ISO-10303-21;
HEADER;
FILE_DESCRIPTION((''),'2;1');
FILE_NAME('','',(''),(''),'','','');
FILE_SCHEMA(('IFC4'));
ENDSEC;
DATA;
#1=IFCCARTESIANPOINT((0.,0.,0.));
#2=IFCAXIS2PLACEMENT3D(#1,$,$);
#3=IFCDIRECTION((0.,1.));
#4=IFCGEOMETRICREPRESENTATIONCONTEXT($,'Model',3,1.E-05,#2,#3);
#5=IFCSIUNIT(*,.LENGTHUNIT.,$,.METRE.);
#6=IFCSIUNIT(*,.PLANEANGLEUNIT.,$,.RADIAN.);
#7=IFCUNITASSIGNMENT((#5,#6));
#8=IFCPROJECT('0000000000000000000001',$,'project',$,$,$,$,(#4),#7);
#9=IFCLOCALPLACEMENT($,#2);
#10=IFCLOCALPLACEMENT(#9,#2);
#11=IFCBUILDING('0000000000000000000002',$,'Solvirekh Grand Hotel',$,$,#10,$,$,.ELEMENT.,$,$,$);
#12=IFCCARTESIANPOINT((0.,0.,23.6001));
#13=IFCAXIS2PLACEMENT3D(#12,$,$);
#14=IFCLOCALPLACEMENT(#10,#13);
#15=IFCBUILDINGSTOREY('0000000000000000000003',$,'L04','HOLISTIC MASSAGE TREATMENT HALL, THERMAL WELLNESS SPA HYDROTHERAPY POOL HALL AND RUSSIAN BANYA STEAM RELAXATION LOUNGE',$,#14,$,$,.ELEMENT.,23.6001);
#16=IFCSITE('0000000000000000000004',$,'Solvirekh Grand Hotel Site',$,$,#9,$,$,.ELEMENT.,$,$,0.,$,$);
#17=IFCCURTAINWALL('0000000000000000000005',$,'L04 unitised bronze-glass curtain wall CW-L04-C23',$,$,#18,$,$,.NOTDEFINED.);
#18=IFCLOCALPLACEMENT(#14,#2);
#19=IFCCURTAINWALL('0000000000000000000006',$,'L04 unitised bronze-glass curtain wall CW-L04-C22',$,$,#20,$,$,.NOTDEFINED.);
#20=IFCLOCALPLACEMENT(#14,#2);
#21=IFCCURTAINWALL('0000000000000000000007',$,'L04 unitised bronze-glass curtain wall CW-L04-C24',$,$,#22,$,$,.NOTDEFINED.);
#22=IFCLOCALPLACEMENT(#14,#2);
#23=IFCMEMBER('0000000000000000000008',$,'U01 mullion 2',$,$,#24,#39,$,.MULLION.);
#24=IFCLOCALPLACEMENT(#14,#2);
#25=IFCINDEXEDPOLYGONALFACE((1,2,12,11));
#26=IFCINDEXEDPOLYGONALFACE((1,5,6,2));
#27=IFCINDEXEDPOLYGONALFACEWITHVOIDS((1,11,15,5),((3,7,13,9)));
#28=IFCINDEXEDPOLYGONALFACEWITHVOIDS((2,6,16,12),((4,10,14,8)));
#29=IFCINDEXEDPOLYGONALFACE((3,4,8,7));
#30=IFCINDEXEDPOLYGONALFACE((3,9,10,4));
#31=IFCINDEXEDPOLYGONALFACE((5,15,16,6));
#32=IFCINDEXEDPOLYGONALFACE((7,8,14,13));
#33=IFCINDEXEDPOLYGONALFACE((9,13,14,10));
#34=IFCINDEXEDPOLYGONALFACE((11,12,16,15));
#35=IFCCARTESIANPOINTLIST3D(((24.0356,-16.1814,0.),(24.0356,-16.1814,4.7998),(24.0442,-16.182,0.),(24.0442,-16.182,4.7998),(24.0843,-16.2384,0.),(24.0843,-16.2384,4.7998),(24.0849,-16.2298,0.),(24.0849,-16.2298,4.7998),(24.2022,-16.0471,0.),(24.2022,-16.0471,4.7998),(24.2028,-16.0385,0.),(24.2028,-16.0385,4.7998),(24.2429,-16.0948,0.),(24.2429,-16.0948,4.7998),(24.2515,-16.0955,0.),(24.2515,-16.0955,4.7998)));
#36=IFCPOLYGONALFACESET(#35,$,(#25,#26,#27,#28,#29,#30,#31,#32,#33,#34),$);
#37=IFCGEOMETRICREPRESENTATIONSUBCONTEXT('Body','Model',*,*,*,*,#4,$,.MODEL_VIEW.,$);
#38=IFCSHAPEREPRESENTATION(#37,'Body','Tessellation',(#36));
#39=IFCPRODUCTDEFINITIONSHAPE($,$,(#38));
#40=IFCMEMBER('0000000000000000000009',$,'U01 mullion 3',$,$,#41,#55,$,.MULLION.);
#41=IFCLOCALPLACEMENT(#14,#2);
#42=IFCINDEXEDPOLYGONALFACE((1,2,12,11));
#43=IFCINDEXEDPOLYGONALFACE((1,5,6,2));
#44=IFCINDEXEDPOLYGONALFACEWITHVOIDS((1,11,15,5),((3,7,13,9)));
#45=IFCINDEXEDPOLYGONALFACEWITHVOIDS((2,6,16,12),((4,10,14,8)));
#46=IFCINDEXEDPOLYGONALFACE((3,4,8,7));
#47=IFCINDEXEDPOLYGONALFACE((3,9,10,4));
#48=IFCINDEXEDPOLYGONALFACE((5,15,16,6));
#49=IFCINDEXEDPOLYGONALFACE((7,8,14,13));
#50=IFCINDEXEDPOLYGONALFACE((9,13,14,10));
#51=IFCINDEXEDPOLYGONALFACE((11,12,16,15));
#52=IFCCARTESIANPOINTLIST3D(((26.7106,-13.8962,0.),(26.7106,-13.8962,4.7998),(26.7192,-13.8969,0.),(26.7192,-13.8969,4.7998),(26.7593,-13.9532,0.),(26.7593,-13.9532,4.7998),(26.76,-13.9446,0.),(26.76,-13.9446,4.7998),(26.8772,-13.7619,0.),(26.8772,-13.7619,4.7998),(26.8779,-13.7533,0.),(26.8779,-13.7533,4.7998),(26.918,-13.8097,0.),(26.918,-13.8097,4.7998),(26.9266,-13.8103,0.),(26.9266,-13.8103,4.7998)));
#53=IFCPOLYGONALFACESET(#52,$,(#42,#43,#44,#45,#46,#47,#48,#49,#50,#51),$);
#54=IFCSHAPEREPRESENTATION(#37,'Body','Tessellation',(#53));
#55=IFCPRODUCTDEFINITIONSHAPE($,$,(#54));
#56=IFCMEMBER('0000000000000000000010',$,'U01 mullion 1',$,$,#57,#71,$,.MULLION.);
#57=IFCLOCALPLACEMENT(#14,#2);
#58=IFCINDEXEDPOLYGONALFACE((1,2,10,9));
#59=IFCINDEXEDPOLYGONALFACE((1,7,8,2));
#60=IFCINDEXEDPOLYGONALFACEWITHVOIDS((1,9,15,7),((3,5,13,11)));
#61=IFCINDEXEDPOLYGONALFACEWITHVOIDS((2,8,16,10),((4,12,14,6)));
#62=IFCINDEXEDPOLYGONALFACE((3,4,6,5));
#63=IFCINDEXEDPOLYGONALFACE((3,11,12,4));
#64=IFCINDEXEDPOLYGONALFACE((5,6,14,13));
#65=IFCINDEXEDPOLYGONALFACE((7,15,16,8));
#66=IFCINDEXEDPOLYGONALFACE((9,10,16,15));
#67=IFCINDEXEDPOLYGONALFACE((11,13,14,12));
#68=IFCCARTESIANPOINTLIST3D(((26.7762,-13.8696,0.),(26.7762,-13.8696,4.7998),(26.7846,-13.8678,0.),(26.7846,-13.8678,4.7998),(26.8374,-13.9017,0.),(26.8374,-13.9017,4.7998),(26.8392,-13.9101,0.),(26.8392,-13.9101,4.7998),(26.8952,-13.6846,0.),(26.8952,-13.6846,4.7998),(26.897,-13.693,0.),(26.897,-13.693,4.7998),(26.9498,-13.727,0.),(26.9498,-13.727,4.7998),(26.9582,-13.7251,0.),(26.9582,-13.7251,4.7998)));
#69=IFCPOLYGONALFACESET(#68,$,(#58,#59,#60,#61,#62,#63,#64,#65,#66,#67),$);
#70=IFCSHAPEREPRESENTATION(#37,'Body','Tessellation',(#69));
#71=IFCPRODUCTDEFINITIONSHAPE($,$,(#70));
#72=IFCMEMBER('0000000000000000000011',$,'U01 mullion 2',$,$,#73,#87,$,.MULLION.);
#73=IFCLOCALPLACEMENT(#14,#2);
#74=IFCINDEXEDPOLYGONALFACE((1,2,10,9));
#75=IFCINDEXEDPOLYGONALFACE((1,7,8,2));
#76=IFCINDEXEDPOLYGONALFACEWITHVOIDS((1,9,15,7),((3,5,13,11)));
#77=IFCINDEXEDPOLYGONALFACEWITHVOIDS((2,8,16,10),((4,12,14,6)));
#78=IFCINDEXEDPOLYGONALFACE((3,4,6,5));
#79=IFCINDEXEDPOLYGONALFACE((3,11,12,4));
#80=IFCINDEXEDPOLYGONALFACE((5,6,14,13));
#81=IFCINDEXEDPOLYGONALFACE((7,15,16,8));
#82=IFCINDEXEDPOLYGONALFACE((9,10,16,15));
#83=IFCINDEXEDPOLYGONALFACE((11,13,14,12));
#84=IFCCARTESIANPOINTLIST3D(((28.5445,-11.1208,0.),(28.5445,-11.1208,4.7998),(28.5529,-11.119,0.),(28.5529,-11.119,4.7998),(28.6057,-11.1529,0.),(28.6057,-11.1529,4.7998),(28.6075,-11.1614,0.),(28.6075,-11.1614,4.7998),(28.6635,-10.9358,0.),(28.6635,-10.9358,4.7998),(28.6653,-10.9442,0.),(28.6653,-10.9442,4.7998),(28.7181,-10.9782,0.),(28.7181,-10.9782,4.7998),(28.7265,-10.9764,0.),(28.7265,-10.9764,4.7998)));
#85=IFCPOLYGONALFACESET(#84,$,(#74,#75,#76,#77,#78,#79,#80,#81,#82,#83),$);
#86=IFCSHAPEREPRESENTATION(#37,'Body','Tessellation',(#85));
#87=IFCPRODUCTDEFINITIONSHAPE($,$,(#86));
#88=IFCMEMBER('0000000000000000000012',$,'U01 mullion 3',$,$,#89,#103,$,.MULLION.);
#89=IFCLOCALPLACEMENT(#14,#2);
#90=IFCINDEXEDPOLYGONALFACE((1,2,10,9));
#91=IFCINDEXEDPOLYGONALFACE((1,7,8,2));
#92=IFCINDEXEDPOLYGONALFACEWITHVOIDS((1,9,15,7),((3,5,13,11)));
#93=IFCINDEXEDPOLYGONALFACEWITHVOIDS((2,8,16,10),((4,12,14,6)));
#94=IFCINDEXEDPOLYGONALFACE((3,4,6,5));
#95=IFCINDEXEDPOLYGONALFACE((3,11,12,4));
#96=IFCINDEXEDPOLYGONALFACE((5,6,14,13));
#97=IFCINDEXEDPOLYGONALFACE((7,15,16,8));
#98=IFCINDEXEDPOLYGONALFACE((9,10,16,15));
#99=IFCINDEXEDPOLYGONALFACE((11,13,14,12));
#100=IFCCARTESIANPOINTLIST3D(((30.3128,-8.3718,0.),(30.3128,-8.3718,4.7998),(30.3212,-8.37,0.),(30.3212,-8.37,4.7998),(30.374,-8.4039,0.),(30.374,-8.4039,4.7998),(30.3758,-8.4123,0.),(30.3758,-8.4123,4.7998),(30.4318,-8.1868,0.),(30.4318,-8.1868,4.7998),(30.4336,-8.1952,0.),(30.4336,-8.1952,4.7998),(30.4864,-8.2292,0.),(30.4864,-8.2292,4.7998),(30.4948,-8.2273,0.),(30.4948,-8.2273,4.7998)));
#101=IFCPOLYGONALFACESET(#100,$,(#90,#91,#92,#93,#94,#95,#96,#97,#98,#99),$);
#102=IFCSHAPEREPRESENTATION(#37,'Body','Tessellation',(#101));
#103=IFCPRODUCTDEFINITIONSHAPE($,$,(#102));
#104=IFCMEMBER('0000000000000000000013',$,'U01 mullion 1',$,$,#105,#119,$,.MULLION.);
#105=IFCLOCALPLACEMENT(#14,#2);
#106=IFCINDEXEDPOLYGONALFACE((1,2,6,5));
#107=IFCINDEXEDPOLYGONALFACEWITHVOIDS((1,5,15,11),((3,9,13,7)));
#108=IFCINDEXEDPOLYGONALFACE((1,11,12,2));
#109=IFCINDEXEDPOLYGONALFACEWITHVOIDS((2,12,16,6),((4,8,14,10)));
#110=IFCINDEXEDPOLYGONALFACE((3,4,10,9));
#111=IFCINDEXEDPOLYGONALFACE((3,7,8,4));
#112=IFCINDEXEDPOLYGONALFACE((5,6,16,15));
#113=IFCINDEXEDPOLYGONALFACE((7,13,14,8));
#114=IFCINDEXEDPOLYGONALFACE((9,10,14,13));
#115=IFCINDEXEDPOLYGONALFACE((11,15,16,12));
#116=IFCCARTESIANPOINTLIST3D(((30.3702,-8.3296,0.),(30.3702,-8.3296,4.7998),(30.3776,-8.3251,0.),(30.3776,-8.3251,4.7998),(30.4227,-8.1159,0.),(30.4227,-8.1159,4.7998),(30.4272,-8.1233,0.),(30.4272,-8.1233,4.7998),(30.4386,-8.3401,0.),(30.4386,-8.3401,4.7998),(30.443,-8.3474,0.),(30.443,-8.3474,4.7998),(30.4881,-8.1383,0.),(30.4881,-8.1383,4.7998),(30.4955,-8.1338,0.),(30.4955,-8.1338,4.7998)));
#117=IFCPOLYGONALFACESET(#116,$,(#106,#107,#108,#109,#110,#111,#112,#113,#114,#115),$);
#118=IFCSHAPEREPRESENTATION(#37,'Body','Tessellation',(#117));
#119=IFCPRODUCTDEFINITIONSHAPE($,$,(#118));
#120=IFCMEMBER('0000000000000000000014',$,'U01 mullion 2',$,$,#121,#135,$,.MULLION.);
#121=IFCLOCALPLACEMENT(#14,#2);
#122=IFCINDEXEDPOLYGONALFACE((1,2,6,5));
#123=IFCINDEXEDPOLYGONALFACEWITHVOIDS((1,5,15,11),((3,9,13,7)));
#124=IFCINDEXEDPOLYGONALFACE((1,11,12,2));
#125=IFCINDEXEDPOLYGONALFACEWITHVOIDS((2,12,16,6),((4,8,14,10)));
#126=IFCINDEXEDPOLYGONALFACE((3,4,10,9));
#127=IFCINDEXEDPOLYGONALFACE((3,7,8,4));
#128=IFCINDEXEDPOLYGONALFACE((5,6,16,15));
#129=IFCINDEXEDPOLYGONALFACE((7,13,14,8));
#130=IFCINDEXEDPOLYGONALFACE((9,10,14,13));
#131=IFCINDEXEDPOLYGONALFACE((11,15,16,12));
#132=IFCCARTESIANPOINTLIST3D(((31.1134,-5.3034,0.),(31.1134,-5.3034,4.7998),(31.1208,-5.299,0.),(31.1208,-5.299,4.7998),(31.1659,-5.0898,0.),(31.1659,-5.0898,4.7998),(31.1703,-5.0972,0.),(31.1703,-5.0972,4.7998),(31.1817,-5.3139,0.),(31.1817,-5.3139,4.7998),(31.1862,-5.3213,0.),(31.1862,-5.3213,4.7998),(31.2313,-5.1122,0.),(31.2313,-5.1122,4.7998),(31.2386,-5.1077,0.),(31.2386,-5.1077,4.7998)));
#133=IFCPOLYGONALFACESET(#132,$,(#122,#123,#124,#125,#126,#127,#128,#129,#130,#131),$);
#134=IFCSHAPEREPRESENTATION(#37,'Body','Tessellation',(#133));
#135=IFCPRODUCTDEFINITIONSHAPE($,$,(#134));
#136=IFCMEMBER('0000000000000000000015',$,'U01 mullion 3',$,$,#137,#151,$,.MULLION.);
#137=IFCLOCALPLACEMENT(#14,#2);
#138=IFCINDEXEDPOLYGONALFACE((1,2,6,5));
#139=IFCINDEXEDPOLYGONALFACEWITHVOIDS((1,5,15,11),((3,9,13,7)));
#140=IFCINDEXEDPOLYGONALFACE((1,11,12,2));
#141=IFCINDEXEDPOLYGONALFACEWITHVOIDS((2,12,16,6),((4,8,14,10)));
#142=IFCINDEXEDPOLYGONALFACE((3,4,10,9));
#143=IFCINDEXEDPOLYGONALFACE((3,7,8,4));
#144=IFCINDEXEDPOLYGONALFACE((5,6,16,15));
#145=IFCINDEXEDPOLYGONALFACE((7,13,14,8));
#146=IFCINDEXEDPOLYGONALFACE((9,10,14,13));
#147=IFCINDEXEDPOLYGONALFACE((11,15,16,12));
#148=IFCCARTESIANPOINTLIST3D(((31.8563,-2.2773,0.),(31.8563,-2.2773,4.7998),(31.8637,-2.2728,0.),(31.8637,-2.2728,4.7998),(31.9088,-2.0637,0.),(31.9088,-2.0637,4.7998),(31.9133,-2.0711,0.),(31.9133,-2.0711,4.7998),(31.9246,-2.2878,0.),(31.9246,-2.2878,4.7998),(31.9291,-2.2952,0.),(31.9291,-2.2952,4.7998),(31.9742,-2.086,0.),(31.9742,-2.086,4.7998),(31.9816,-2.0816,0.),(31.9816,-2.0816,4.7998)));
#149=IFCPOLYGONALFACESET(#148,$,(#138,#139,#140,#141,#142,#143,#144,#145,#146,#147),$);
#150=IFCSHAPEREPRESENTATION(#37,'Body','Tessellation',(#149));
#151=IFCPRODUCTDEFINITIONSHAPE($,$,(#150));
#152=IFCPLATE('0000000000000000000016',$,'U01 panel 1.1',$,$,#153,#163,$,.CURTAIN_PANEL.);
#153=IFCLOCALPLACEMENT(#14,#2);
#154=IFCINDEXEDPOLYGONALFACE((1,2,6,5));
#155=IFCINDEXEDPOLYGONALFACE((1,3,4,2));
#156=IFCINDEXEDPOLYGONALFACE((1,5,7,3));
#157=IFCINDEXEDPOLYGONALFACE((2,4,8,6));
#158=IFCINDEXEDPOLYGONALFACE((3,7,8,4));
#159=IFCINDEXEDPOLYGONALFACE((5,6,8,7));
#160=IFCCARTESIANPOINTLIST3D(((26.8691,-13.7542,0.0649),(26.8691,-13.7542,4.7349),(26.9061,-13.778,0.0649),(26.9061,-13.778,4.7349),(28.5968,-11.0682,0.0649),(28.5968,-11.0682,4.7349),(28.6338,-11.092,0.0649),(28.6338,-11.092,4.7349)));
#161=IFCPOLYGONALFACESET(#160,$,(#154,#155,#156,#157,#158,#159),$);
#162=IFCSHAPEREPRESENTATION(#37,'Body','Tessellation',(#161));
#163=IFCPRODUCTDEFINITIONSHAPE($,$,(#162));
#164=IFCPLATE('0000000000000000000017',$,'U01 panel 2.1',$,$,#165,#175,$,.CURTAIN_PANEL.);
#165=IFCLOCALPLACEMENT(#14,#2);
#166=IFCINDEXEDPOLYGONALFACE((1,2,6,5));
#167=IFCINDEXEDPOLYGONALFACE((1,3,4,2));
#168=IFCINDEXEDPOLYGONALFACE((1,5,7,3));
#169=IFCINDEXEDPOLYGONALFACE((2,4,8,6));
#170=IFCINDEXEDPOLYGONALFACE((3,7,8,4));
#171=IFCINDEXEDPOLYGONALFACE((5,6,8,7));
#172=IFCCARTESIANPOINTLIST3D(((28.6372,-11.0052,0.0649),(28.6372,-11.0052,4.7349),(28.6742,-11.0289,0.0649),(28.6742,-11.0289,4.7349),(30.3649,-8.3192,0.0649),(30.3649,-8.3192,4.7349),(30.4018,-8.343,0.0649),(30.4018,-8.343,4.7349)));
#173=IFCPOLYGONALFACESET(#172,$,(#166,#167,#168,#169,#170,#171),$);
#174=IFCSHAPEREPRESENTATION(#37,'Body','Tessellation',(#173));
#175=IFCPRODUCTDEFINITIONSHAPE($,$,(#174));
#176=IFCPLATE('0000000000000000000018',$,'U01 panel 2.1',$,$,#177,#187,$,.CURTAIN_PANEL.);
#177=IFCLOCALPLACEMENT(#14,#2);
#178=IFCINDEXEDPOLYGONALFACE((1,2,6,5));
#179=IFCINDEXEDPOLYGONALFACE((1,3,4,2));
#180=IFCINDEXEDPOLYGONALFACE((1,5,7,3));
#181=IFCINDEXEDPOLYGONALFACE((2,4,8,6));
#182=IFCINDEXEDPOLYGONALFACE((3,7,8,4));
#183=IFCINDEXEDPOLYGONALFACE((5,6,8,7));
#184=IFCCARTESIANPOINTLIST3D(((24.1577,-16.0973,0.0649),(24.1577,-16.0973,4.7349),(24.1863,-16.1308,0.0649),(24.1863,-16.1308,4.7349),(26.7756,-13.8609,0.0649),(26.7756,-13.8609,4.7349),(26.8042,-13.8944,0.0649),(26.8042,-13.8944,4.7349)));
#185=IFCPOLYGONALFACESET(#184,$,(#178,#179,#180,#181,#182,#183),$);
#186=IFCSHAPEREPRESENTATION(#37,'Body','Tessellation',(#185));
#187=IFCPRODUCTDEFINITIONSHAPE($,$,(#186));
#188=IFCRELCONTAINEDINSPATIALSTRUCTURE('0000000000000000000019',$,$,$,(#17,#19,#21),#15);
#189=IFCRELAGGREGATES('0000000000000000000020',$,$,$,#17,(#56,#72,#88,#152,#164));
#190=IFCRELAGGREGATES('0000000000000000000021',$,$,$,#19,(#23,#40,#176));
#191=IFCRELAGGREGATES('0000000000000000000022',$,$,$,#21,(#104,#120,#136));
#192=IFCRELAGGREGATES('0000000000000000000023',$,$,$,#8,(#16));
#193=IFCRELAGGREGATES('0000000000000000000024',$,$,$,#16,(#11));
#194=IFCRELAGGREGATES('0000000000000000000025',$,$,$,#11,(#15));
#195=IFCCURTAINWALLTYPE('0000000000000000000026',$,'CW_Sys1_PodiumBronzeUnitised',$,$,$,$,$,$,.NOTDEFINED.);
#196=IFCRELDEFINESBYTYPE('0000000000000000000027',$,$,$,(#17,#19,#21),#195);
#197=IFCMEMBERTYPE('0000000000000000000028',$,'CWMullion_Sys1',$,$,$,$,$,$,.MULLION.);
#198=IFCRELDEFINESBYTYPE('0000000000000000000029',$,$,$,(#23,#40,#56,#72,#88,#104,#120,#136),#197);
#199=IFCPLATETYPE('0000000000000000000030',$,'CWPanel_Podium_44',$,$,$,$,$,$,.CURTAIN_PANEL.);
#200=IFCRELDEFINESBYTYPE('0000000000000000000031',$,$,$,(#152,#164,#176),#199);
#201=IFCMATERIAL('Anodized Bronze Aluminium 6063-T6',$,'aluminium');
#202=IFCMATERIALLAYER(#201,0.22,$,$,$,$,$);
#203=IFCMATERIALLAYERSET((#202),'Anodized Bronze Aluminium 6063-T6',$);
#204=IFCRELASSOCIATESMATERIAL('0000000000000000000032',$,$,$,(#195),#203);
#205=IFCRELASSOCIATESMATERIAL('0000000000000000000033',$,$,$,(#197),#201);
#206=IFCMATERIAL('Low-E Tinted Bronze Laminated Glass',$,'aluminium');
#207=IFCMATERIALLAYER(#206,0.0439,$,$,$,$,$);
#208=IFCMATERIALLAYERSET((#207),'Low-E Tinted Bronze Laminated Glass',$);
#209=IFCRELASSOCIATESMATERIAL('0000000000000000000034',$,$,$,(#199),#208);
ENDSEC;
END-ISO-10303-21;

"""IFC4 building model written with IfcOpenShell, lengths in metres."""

from ifc_helpers import new_model, si_unit, direction, frame, origin, origin_2d, place, context, subcontext, project, spatial, rectangle, hollow_rectangle, extrude, source, transform, mapped, material, layer, layer_set, material_profile, profile_set, type_object, element, aggregate, save


model = new_model("IFC4")

# Units and contexts
model_context = context("Model", 3, precision=1e-05, world=origin(), true_north=direction((0.0, 1.0)))
body_context = subcontext(model_context, "Body", "Model", "MODEL_VIEW")
ifc_project = project(units=[si_unit("LENGTHUNIT", "METRE"), si_unit("PLANEANGLEUNIT", "RADIAN")], contexts=[model_context])

# Site, building, storey
site_placement = place(None, origin())
site = spatial("IfcSite", under=ifc_project, at=site_placement, Name="Solvirekh Grand Hotel Site", CompositionType="ELEMENT", RefElevation=0.0)
building_placement = place(site_placement, origin())
building = spatial("IfcBuilding", under=site, at=building_placement, Name="Solvirekh Grand Hotel", CompositionType="ELEMENT")
storey_placement = place(building_placement, frame((0.0, 0.0, 23.6001)))
storey = spatial("IfcBuildingStorey", under=building, at=storey_placement, Name="L04", Description="HOLISTIC MASSAGE TREATMENT HALL, THERMAL WELLNESS SPA HYDROTHERAPY POOL HALL AND RUSSIAN BANYA STEAM RELAXATION LOUNGE", CompositionType="ELEMENT", Elevation=23.6001)

# Curtain walls
ifc_material_1 = material(Name="Anodized Bronze Aluminium 6063-T6", Category="aluminium")
ifc_layer_1 = layer(ifc_material_1, 0.22)
ifc_layer_set_1 = layer_set([ifc_layer_1], Name="Anodized Bronze Aluminium 6063-T6")
curtain_wall_type = type_object("IfcCurtainWallType", Name="CW_Sys1_PodiumBronzeUnitised", PredefinedType="NOTDEFINED", material=ifc_layer_set_1)
curtain_wall_1_placement = place(storey_placement, origin())
curtain_wall_1 = element("IfcCurtainWall", 1, at=curtain_wall_1_placement, inside=storey, type_object=curtain_wall_type, Name="L04 unitised bronze-glass curtain wall CW-L04-C23", PredefinedType="NOTDEFINED")
curtain_wall_2_placement = place(storey_placement, origin())
curtain_wall_2 = element("IfcCurtainWall", 2, at=curtain_wall_2_placement, inside=storey, type_object=curtain_wall_type, Name="L04 unitised bronze-glass curtain wall CW-L04-C22", PredefinedType="NOTDEFINED")
curtain_wall_3_placement = place(storey_placement, origin())
curtain_wall_3 = element("IfcCurtainWall", 3, at=curtain_wall_3_placement, inside=storey, type_object=curtain_wall_type, Name="L04 unitised bronze-glass curtain wall CW-L04-C24", PredefinedType="NOTDEFINED")

# Members
ifc_material_profile_1 = material_profile(ifc_material_1, hollow_rectangle(XDim=0.075, YDim=0.22, WallThickness=0.0061, at=origin_2d()), Name="ALU RHS 220X75X6")
ifc_profile_set_1 = profile_set([ifc_material_profile_1], Name="Anodized Bronze Aluminium 6063-T6")
member_type_1 = type_object("IfcMemberType", Name="CWMullion_Sys1", PredefinedType="MULLION", material=ifc_profile_set_1)
shared_shape_1 = source(origin(), body_context, "Body", "SweptSolid", [
    extrude(hollow_rectangle(XDim=0.075, YDim=0.22, WallThickness=0.0061, at=origin_2d()), origin(), (0.0, 0.0, 1.0), 4.7998),
])
member_1_placement = place(storey_placement, frame((24.1436, -16.1384, 0.0), z_axis=(0.0, 0.0, 1.0), x_axis=(-0.649528, 0.760338, 0.0)))
member_1 = element("IfcMember", 4, at=member_1_placement, type_object=member_type_1, Name="U01 mullion 2", PredefinedType="MULLION", context=body_context, shape_type="MappedRepresentation", body=[
    mapped(shared_shape_1, transform((0.0, 0.0, 0.0), x_axis=(1.0, 0.0, 0.0), y_axis=(0.0, 1.0, 0.0), z_axis=(0.0, 0.0, 1.0), scale=1.0)),
])
member_2_placement = place(storey_placement, frame((26.8186, -13.8533, 0.0), z_axis=(0.0, 0.0, 1.0), x_axis=(-0.649528, 0.760338, 0.0)))
member_2 = element("IfcMember", 5, at=member_2_placement, type_object=member_type_1, Name="U01 mullion 3", PredefinedType="MULLION", context=body_context, shape_type="MappedRepresentation", body=[
    mapped(shared_shape_1, transform((0.0, 0.0, 0.0), x_axis=(1.0, 0.0, 0.0), y_axis=(0.0, 1.0, 0.0), z_axis=(0.0, 0.0, 1.0), scale=1.0)),
])
member_3_placement = place(storey_placement, frame((26.8672, -13.7974, 0.0), z_axis=(0.0, 0.0, 1.0), x_axis=(-0.841036, 0.540979, 0.0)))
member_3 = element("IfcMember", 6, at=member_3_placement, type_object=member_type_1, Name="U01 mullion 1", PredefinedType="MULLION", context=body_context, shape_type="MappedRepresentation", body=[
    mapped(shared_shape_1, transform((0.0, 0.0, 0.0), x_axis=(1.0, 0.0, 0.0), y_axis=(0.0, 1.0, 0.0), z_axis=(0.0, 0.0, 1.0), scale=1.0)),
])
member_4_placement = place(storey_placement, frame((28.6355, -11.0486, 0.0), z_axis=(0.0, 0.0, 1.0), x_axis=(-0.841036, 0.540979, 0.0)))
member_4 = element("IfcMember", 7, at=member_4_placement, type_object=member_type_1, Name="U01 mullion 2", PredefinedType="MULLION", context=body_context, shape_type="MappedRepresentation", body=[
    mapped(shared_shape_1, transform((0.0, 0.0, 0.0), x_axis=(1.0, 0.0, 0.0), y_axis=(0.0, 1.0, 0.0), z_axis=(0.0, 0.0, 1.0), scale=1.0)),
])
member_5_placement = place(storey_placement, frame((30.4038, -8.2996, 0.0), z_axis=(0.0, 0.0, 1.0), x_axis=(-0.841036, 0.540979, 0.0)))
member_5 = element("IfcMember", 8, at=member_5_placement, type_object=member_type_1, Name="U01 mullion 3", PredefinedType="MULLION", context=body_context, shape_type="MappedRepresentation", body=[
    mapped(shared_shape_1, transform((0.0, 0.0, 0.0), x_axis=(1.0, 0.0, 0.0), y_axis=(0.0, 1.0, 0.0), z_axis=(0.0, 0.0, 1.0), scale=1.0)),
])
member_6_placement = place(storey_placement, frame((30.4329, -8.2317, 0.0), z_axis=(0.0, 0.0, 1.0), x_axis=(-0.971151, 0.238467, 0.0)))
member_6 = element("IfcMember", 9, at=member_6_placement, type_object=member_type_1, Name="U01 mullion 1", PredefinedType="MULLION", context=body_context, shape_type="MappedRepresentation", body=[
    mapped(shared_shape_1, transform((0.0, 0.0, 0.0), x_axis=(1.0, 0.0, 0.0), y_axis=(0.0, 1.0, 0.0), z_axis=(0.0, 0.0, 1.0), scale=1.0)),
])
member_7_placement = place(storey_placement, frame((31.176, -5.2056, 0.0), z_axis=(0.0, 0.0, 1.0), x_axis=(-0.971151, 0.238467, 0.0)))
member_7 = element("IfcMember", 10, at=member_7_placement, type_object=member_type_1, Name="U01 mullion 2", PredefinedType="MULLION", context=body_context, shape_type="MappedRepresentation", body=[
    mapped(shared_shape_1, transform((0.0, 0.0, 0.0), x_axis=(1.0, 0.0, 0.0), y_axis=(0.0, 1.0, 0.0), z_axis=(0.0, 0.0, 1.0), scale=1.0)),
])
member_8_placement = place(storey_placement, frame((31.9189, -2.1794, 0.0), z_axis=(0.0, 0.0, 1.0), x_axis=(-0.971151, 0.238467, 0.0)))
member_8 = element("IfcMember", 11, at=member_8_placement, type_object=member_type_1, Name="U01 mullion 3", PredefinedType="MULLION", context=body_context, shape_type="MappedRepresentation", body=[
    mapped(shared_shape_1, transform((0.0, 0.0, 0.0), x_axis=(1.0, 0.0, 0.0), y_axis=(0.0, 1.0, 0.0), z_axis=(0.0, 0.0, 1.0), scale=1.0)),
])

# Plates
ifc_material_2 = material(Name="Low-E Tinted Bronze Laminated Glass", Category="aluminium")
ifc_layer_2 = layer(ifc_material_2, 0.0439)
ifc_layer_set_2 = layer_set([ifc_layer_2], Name="Low-E Tinted Bronze Laminated Glass")
plate_type = type_object("IfcPlateType", Name="CWPanel_Podium_44", PredefinedType="CURTAIN_PANEL", material=ifc_layer_set_2)
shared_shape_2 = source(origin(), body_context, "Body", "SweptSolid", [
    extrude(rectangle(XDim=3.1936, YDim=0.0439, at=origin_2d()), origin(), (0.0, 0.0, 1.0), 4.6699),
])
plate_1_placement = place(storey_placement, frame((27.7515, -12.4231, 0.0649), z_axis=(0.0, 0.0, 1.0), x_axis=(0.540979, 0.841036, 0.0)))
plate_1 = element("IfcPlate", 12, at=plate_1_placement, type_object=plate_type, Name="U01 panel 1.1", PredefinedType="CURTAIN_PANEL", context=body_context, shape_type="MappedRepresentation", body=[
    mapped(shared_shape_2, transform((0.0, 0.0, 0.0), x_axis=(1.0, 0.0, 0.0), y_axis=(0.0, 1.0, 0.0), z_axis=(0.0, 0.0, 1.0), scale=1.0)),
])
plate_2_placement = place(storey_placement, frame((29.5195, -9.6741, 0.0649), z_axis=(0.0, 0.0, 1.0), x_axis=(0.540979, 0.841036, 0.0)))
plate_2 = element("IfcPlate", 13, at=plate_2_placement, type_object=plate_type, Name="U01 panel 2.1", PredefinedType="CURTAIN_PANEL", context=body_context, shape_type="MappedRepresentation", body=[
    mapped(shared_shape_2, transform((0.0, 0.0, 0.0), x_axis=(1.0, 0.0, 0.0), y_axis=(0.0, 1.0, 0.0), z_axis=(0.0, 0.0, 1.0), scale=1.0)),
])
aggregate(curtain_wall_1, [member_3, member_4, member_5, plate_1, plate_2])
shared_shape_3 = source(origin(), body_context, "Body", "SweptSolid", [
    extrude(rectangle(XDim=3.4431, YDim=0.0439, at=origin_2d()), origin(), (0.0, 0.0, 1.0), 4.6699),
])
plate_3_placement = place(storey_placement, frame((25.481, -14.9958, 0.0649), z_axis=(0.0, 0.0, 1.0), x_axis=(0.760338, 0.649528, 0.0)))
plate_3 = element("IfcPlate", 14, at=plate_3_placement, type_object=plate_type, Name="U01 panel 2.1", PredefinedType="CURTAIN_PANEL", context=body_context, shape_type="MappedRepresentation", body=[
    mapped(shared_shape_3, transform((0.0, 0.0, 0.0), x_axis=(1.0, 0.0, 0.0), y_axis=(0.0, 1.0, 0.0), z_axis=(0.0, 0.0, 1.0), scale=1.0)),
])
aggregate(curtain_wall_2, [member_1, member_2, plate_3])
aggregate(curtain_wall_3, [member_6, member_7, member_8])

save(model, "model.ifc")
